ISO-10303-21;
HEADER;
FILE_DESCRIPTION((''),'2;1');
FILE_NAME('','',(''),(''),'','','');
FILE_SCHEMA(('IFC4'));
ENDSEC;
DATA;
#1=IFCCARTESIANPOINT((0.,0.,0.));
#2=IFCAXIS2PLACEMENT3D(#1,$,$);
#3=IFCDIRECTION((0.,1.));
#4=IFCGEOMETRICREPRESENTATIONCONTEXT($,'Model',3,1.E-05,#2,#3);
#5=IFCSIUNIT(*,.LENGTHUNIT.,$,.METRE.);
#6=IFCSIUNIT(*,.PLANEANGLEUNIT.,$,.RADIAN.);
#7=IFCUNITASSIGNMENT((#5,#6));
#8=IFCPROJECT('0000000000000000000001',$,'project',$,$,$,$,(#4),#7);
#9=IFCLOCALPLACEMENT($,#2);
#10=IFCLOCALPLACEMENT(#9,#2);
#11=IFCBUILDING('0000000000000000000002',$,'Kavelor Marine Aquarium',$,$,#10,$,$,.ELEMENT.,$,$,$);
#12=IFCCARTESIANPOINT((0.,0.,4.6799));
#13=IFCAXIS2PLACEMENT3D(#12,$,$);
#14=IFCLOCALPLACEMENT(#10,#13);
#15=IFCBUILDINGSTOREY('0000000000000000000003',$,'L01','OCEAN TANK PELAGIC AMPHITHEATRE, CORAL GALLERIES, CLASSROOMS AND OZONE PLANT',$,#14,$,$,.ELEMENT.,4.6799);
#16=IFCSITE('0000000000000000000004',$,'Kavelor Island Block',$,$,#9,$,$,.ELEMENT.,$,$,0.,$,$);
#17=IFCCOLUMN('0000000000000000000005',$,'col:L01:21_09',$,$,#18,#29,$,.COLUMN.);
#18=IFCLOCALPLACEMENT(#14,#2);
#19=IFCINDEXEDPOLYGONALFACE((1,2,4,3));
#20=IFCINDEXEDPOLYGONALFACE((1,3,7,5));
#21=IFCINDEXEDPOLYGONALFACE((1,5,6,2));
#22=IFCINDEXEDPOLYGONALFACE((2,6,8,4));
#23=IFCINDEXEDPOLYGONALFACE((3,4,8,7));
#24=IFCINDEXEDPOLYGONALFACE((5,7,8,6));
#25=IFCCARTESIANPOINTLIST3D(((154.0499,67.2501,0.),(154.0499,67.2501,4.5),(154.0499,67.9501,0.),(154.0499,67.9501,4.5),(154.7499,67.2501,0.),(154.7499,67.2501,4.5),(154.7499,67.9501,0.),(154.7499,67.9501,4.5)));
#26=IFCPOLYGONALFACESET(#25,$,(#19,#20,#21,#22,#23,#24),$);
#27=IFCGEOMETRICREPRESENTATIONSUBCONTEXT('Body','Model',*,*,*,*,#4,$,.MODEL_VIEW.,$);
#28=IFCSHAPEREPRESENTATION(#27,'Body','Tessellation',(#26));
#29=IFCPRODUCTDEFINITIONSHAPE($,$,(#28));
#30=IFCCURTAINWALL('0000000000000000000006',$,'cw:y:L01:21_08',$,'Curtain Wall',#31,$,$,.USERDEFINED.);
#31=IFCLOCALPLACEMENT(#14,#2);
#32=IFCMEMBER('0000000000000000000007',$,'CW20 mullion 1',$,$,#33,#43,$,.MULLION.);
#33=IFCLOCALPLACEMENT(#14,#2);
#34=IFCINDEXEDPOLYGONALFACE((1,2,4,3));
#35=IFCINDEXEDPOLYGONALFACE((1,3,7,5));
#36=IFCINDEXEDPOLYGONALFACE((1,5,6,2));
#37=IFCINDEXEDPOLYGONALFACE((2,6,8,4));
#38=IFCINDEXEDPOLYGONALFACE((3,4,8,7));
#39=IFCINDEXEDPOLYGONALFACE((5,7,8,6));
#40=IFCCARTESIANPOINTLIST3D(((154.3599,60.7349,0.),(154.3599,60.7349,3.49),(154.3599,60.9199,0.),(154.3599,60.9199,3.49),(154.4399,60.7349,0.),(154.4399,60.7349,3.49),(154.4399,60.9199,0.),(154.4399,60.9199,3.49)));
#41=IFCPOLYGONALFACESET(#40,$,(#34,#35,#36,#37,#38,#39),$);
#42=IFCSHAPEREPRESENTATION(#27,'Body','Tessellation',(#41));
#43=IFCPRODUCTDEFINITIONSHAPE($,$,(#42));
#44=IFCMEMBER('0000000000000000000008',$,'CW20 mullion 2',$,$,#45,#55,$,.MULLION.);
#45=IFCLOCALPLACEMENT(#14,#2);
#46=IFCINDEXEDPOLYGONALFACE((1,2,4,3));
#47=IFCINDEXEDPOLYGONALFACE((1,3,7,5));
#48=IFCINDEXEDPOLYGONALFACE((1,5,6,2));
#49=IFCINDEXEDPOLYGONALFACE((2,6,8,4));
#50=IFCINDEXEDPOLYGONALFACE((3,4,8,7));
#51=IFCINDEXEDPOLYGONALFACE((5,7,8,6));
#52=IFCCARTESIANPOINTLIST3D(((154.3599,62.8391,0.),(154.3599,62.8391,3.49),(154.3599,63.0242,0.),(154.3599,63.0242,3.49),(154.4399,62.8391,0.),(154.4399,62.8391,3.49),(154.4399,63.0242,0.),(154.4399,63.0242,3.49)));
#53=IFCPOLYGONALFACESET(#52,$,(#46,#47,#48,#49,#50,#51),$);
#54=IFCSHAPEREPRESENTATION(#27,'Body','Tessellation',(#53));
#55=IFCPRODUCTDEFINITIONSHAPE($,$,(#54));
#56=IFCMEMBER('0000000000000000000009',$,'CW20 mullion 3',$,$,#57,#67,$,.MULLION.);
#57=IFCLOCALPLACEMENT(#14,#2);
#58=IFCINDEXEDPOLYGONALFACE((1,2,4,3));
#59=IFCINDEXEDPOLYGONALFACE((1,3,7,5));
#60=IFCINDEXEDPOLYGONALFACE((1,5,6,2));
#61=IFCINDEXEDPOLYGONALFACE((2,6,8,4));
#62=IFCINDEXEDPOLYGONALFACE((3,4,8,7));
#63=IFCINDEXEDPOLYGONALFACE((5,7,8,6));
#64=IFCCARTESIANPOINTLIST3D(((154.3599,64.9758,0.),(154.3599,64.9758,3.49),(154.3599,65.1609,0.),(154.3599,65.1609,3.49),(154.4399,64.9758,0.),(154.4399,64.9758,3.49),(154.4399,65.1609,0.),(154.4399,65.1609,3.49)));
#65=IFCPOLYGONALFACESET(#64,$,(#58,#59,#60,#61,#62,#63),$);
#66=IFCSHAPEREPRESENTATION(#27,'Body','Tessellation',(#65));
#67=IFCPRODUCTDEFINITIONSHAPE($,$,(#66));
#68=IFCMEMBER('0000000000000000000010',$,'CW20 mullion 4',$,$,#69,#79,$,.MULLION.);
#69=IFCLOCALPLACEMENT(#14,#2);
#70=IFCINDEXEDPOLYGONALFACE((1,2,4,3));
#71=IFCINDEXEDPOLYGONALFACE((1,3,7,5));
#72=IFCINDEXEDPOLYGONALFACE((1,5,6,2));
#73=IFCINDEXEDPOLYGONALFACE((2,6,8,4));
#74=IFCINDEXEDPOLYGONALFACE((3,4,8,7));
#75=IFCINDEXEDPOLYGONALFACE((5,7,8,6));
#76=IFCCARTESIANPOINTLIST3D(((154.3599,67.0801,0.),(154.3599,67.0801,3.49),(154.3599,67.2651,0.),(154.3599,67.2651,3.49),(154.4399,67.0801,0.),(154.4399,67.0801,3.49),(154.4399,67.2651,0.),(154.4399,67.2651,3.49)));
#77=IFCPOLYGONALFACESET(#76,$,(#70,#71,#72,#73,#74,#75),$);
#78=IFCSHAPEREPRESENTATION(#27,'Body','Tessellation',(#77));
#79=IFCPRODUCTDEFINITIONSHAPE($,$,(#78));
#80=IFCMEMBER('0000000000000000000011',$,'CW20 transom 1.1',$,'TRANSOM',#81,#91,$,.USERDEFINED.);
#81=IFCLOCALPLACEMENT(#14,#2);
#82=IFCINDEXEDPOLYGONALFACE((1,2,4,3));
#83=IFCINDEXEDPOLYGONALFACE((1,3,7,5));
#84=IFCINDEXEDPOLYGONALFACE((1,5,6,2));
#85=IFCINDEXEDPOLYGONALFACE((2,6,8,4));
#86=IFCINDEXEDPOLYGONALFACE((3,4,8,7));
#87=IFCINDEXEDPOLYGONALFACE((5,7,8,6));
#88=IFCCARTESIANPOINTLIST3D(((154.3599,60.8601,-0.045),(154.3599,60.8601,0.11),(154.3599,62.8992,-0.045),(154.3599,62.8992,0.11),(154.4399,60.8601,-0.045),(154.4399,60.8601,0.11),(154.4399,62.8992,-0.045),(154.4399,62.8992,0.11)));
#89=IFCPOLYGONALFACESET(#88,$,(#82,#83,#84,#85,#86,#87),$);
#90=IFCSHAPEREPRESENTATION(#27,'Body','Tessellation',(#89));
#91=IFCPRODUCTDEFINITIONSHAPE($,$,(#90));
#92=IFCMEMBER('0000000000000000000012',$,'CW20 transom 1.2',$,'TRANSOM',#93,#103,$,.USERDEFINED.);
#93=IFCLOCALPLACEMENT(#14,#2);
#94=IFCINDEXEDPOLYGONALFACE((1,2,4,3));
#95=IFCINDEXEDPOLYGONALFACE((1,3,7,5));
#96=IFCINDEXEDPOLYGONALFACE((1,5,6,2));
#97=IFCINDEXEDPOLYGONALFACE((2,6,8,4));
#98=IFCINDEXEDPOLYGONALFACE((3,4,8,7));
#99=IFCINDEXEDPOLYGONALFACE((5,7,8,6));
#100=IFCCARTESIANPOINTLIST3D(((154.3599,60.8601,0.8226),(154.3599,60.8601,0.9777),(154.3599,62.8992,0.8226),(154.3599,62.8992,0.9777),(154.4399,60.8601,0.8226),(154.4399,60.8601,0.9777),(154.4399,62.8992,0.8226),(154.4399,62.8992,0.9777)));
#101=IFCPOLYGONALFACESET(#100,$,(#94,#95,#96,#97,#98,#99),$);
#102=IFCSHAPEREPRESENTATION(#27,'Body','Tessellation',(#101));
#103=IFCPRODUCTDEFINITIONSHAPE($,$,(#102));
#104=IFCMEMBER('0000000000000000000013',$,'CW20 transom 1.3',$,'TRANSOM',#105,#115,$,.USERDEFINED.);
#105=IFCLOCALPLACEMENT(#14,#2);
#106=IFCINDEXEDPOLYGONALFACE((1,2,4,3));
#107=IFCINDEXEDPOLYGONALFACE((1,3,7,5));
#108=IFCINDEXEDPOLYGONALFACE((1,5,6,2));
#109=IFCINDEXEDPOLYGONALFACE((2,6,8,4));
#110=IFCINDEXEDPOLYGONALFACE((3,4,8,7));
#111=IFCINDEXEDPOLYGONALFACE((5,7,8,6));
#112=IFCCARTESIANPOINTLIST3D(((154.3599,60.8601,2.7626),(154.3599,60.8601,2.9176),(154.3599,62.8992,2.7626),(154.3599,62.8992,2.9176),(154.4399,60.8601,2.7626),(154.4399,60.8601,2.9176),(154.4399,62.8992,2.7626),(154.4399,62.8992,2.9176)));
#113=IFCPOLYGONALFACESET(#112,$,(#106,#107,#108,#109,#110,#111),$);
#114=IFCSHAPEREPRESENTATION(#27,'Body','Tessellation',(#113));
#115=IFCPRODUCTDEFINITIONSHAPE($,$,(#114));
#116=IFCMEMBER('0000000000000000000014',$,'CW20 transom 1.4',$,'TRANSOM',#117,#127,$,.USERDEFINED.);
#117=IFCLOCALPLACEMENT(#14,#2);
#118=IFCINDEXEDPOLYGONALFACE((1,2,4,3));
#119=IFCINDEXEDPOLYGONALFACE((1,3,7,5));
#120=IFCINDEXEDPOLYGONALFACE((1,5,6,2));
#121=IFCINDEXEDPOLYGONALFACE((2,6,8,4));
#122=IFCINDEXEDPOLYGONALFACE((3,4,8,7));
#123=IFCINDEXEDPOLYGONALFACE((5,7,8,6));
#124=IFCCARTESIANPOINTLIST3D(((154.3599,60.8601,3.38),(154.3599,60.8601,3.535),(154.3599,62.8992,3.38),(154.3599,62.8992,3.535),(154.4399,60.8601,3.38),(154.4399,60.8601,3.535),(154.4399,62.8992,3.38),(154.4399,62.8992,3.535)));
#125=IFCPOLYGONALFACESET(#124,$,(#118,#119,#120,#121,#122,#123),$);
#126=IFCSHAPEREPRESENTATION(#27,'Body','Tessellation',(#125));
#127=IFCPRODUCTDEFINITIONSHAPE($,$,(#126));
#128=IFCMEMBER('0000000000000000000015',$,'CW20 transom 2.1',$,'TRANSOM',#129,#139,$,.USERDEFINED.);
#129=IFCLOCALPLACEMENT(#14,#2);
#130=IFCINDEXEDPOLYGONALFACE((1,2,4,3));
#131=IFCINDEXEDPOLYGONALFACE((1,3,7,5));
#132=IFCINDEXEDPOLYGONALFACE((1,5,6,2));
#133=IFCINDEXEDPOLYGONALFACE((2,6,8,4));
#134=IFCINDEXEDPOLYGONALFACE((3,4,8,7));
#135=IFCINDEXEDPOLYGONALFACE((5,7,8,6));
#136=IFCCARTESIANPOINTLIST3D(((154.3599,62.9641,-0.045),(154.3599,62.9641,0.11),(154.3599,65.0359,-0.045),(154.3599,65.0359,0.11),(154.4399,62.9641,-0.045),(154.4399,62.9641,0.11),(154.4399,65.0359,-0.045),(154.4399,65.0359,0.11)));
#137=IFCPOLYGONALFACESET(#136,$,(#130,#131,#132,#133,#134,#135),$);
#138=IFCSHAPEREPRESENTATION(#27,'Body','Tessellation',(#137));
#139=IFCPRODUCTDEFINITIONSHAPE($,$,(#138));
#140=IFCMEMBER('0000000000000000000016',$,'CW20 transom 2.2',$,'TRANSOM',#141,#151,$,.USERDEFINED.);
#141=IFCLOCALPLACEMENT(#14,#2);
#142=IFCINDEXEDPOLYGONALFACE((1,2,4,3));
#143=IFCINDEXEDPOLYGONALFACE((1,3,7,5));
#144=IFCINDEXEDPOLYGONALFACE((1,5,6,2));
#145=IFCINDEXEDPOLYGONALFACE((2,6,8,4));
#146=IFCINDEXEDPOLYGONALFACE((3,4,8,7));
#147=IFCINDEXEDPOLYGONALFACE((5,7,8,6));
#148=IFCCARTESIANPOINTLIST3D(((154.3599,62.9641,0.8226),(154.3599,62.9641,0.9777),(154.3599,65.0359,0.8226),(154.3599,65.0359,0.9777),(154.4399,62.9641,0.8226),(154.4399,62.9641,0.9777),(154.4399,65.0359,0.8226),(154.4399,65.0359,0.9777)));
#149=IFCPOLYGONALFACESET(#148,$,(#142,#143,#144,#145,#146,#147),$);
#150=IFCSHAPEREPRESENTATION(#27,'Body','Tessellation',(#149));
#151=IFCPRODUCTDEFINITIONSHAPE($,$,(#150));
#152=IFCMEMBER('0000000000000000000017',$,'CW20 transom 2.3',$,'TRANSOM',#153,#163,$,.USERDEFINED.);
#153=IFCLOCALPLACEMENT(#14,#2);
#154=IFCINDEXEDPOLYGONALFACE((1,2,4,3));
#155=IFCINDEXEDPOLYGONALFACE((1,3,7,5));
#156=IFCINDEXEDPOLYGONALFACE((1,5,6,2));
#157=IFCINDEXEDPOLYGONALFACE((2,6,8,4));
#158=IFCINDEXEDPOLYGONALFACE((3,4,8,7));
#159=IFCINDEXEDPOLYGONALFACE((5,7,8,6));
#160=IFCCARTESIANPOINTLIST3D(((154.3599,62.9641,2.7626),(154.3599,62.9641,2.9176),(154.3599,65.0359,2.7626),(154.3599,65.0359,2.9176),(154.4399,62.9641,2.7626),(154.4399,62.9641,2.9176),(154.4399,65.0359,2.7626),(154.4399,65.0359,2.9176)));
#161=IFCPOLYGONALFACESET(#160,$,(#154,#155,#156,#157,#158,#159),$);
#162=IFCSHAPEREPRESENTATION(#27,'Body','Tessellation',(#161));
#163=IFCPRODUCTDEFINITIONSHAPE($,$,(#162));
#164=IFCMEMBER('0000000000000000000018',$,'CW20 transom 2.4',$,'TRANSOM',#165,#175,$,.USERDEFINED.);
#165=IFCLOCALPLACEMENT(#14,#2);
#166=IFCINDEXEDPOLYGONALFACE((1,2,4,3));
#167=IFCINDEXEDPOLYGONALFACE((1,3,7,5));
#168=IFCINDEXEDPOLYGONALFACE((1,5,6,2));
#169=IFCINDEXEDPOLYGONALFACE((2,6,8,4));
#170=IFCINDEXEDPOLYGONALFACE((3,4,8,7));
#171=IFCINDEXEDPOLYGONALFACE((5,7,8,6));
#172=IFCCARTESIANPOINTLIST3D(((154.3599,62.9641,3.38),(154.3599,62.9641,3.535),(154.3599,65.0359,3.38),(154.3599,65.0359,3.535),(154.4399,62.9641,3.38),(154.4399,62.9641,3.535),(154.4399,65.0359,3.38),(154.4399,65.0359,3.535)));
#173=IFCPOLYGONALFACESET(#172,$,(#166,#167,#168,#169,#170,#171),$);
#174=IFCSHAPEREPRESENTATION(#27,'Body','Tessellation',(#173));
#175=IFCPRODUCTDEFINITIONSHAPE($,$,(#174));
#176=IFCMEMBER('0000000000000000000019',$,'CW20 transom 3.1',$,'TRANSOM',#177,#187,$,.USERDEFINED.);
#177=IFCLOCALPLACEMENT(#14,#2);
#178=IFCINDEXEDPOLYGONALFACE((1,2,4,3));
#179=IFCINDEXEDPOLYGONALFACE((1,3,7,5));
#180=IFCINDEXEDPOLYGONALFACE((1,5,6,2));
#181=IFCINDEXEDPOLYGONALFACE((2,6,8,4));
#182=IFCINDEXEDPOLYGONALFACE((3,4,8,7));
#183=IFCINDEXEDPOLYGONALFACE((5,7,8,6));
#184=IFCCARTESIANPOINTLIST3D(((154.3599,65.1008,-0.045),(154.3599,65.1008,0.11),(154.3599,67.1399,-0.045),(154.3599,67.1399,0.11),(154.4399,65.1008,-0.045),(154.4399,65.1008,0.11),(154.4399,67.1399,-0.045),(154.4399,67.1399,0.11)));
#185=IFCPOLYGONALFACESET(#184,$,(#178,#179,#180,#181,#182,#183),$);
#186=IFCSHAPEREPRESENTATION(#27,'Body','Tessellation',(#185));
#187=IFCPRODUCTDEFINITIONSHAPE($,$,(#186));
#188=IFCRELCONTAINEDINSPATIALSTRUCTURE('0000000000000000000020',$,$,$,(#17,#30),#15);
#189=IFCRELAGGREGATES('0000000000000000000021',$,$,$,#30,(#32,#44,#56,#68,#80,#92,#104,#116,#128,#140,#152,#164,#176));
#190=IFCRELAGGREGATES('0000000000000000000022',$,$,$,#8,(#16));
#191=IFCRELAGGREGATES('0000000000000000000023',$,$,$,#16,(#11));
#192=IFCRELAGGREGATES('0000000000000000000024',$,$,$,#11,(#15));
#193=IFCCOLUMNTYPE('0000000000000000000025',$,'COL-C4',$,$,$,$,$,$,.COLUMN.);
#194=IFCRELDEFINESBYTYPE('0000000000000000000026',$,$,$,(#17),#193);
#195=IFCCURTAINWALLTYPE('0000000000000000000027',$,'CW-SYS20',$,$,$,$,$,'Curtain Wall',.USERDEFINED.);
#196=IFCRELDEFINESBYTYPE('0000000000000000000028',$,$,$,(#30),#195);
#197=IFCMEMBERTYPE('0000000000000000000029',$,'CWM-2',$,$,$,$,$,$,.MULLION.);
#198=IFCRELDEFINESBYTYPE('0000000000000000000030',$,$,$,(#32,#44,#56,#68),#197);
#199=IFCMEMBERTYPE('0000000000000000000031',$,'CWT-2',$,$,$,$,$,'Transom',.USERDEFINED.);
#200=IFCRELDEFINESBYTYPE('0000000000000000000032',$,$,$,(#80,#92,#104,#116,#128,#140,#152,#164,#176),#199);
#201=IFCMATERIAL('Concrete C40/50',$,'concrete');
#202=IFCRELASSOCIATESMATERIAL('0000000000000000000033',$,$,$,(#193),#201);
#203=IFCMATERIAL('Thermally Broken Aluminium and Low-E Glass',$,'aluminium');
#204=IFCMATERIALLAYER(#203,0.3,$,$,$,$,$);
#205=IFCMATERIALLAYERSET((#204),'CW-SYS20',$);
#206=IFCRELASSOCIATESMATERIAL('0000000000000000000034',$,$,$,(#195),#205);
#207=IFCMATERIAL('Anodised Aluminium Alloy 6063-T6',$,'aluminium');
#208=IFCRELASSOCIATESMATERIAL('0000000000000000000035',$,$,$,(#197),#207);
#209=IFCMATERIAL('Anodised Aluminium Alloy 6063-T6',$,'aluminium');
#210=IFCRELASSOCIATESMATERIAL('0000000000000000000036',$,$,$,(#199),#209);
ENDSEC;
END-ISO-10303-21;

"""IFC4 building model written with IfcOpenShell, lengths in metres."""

from ifc_helpers import new_model, si_unit, direction, frame, origin, origin_2d, place, context, subcontext, project, spatial, rectangle, extrude, material, layer, layer_set, material_profile, profile_set, type_object, element, aggregate, save


model = new_model("IFC4")

# Units and contexts
model_context = context("Model", 3, precision=1e-05, world=origin(), true_north=direction((0.0, 1.0)))
body_context = subcontext(model_context, "Body", "Model", "MODEL_VIEW")
ifc_project = project(units=[si_unit("LENGTHUNIT", "METRE"), si_unit("PLANEANGLEUNIT", "RADIAN")], contexts=[model_context])

# Site, building, storey
site_placement = place(None, origin())
site = spatial("IfcSite", under=ifc_project, at=site_placement, Name="Kavelor Island Block", CompositionType="ELEMENT", RefElevation=0.0)
building_placement = place(site_placement, origin())
building = spatial("IfcBuilding", under=site, at=building_placement, Name="Kavelor Marine Aquarium", CompositionType="ELEMENT")
storey_placement = place(building_placement, frame((0.0, 0.0, 4.6799)))
storey = spatial("IfcBuildingStorey", under=building, at=storey_placement, Name="L01", Description="OCEAN TANK PELAGIC AMPHITHEATRE, CORAL GALLERIES, CLASSROOMS AND OZONE PLANT", CompositionType="ELEMENT", Elevation=4.6799)

# Column
ifc_material_1 = material(Name="Concrete C40/50", Category="concrete")
ifc_material_profile_1 = material_profile(ifc_material_1, rectangle(XDim=0.7, YDim=0.7, at=origin_2d()), Name="RC-COL 700x700")
ifc_profile_set_1 = profile_set([ifc_material_profile_1], Name="Concrete C40/50")
column_type = type_object("IfcColumnType", Name="COL-C4", PredefinedType="COLUMN", material=ifc_profile_set_1)
column_placement = place(storey_placement, frame((154.3999, 67.6001, 0.0), z_axis=(0.0, 0.0, 1.0), x_axis=(1.0, 0.0, 0.0)))
element("IfcColumn", 1, at=column_placement, inside=storey, type_object=column_type, Name="col:L01:21_09", PredefinedType="COLUMN", context=body_context, shape_type="SweptSolid", body=[
    extrude(rectangle(XDim=0.7, YDim=0.7, at=origin_2d()), origin(), (0.0, 0.0, 1.0), 4.5),
])

# Curtain wall, members
ifc_material_2 = material(Name="Thermally Broken Aluminium and Low-E Glass", Category="aluminium")
ifc_layer_1 = layer(ifc_material_2, 0.3)
ifc_layer_set_1 = layer_set([ifc_layer_1], Name="CW-SYS20")
curtain_wall_type = type_object("IfcCurtainWallType", Name="CW-SYS20", ElementType="Curtain Wall", PredefinedType="USERDEFINED", material=ifc_layer_set_1)
curtain_wall_placement = place(storey_placement, origin())
curtain_wall = element("IfcCurtainWall", 2, at=curtain_wall_placement, inside=storey, type_object=curtain_wall_type, Name="cw:y:L01:21_08", ObjectType="Curtain Wall", PredefinedType="USERDEFINED")
ifc_material_3 = material(Name="Anodised Aluminium Alloy 6063-T6", Category="aluminium")
ifc_material_profile_2 = material_profile(ifc_material_3, rectangle(XDim=0.0801, YDim=0.1851, at=origin_2d()), Name="CW-MUL 80x185")
ifc_profile_set_2 = profile_set([ifc_material_profile_2], Name="Anodised Aluminium Alloy 6063-T6")
member_type_1 = type_object("IfcMemberType", Name="CWM-2", PredefinedType="MULLION", material=ifc_profile_set_2)
member_1_placement = place(storey_placement, frame((154.3999, 60.8274, 0.0), z_axis=(0.0, 0.0, 1.0), x_axis=(-1.0, 0.0, 0.0)))
member_1 = element("IfcMember", 3, at=member_1_placement, type_object=member_type_1, Name="CW20 mullion 1", PredefinedType="MULLION", context=body_context, shape_type="SweptSolid", body=[
    extrude(rectangle(XDim=0.0801, YDim=0.1851, at=origin_2d()), origin(), (0.0, 0.0, 1.0), 3.49),
])
member_2_placement = place(storey_placement, frame((154.3999, 62.9316, 0.0), z_axis=(0.0, 0.0, 1.0), x_axis=(-1.0, 0.0, 0.0)))
member_2 = element("IfcMember", 4, at=member_2_placement, type_object=member_type_1, Name="CW20 mullion 2", PredefinedType="MULLION", context=body_context, shape_type="SweptSolid", body=[
    extrude(rectangle(XDim=0.0801, YDim=0.1851, at=origin_2d()), origin(), (0.0, 0.0, 1.0), 3.49),
])
member_3_placement = place(storey_placement, frame((154.3999, 65.0684, 0.0), z_axis=(0.0, 0.0, 1.0), x_axis=(-1.0, 0.0, 0.0)))
member_3 = element("IfcMember", 5, at=member_3_placement, type_object=member_type_1, Name="CW20 mullion 3", PredefinedType="MULLION", context=body_context, shape_type="SweptSolid", body=[
    extrude(rectangle(XDim=0.0801, YDim=0.1851, at=origin_2d()), origin(), (0.0, 0.0, 1.0), 3.49),
])
member_4_placement = place(storey_placement, frame((154.3999, 67.1726, 0.0), z_axis=(0.0, 0.0, 1.0), x_axis=(-1.0, 0.0, 0.0)))
member_4 = element("IfcMember", 6, at=member_4_placement, type_object=member_type_1, Name="CW20 mullion 4", PredefinedType="MULLION", context=body_context, shape_type="SweptSolid", body=[
    extrude(rectangle(XDim=0.0801, YDim=0.1851, at=origin_2d()), origin(), (0.0, 0.0, 1.0), 3.49),
])
ifc_material_4 = material(Name="Anodised Aluminium Alloy 6063-T6", Category="aluminium")
ifc_material_profile_3 = material_profile(ifc_material_4, rectangle(XDim=0.0801, YDim=0.155, at=origin_2d()), Name="CW-TRN 80x155")
ifc_profile_set_3 = profile_set([ifc_material_profile_3], Name="Anodised Aluminium Alloy 6063-T6")
member_type_2 = type_object("IfcMemberType", Name="CWT-2", ElementType="Transom", PredefinedType="USERDEFINED", material=ifc_profile_set_3)
member_5_placement = place(storey_placement, frame((154.3999, 60.8601, 0.0325), z_axis=(0.0, 1.0, 0.0), x_axis=(-1.0, 0.0, 0.0)))
member_5 = element("IfcMember", 7, at=member_5_placement, type_object=member_type_2, Name="CW20 transom 1.1", ObjectType="TRANSOM", PredefinedType="USERDEFINED", context=body_context, shape_type="SweptSolid", body=[
    extrude(rectangle(XDim=0.0801, YDim=0.155, at=origin_2d()), origin(), (0.0, 0.0, 1.0), 2.0391),
])
member_6_placement = place(storey_placement, frame((154.3999, 60.8601, 0.9001), z_axis=(0.0, 1.0, 0.0), x_axis=(-1.0, 0.0, 0.0)))
member_6 = element("IfcMember", 8, at=member_6_placement, type_object=member_type_2, Name="CW20 transom 1.2", ObjectType="TRANSOM", PredefinedType="USERDEFINED", context=body_context, shape_type="SweptSolid", body=[
    extrude(rectangle(XDim=0.0801, YDim=0.155, at=origin_2d()), origin(), (0.0, 0.0, 1.0), 2.0391),
])
member_7_placement = place(storey_placement, frame((154.3999, 60.8601, 2.8401), z_axis=(0.0, 1.0, 0.0), x_axis=(-1.0, 0.0, 0.0)))
member_7 = element("IfcMember", 9, at=member_7_placement, type_object=member_type_2, Name="CW20 transom 1.3", ObjectType="TRANSOM", PredefinedType="USERDEFINED", context=body_context, shape_type="SweptSolid", body=[
    extrude(rectangle(XDim=0.0801, YDim=0.155, at=origin_2d()), origin(), (0.0, 0.0, 1.0), 2.0391),
])
member_8_placement = place(storey_placement, frame((154.3999, 60.8601, 3.4575), z_axis=(0.0, 1.0, 0.0), x_axis=(-1.0, 0.0, 0.0)))
member_8 = element("IfcMember", 10, at=member_8_placement, type_object=member_type_2, Name="CW20 transom 1.4", ObjectType="TRANSOM", PredefinedType="USERDEFINED", context=body_context, shape_type="SweptSolid", body=[
    extrude(rectangle(XDim=0.0801, YDim=0.155, at=origin_2d()), origin(), (0.0, 0.0, 1.0), 2.0391),
])
member_9_placement = place(storey_placement, frame((154.3999, 62.9641, 0.0325), z_axis=(0.0, 1.0, 0.0), x_axis=(-1.0, 0.0, 0.0)))
member_9 = element("IfcMember", 11, at=member_9_placement, type_object=member_type_2, Name="CW20 transom 2.1", ObjectType="TRANSOM", PredefinedType="USERDEFINED", context=body_context, shape_type="SweptSolid", body=[
    extrude(rectangle(XDim=0.0801, YDim=0.155, at=origin_2d()), origin(), (0.0, 0.0, 1.0), 2.0718),
])
member_10_placement = place(storey_placement, frame((154.3999, 62.9641, 0.9001), z_axis=(0.0, 1.0, 0.0), x_axis=(-1.0, 0.0, 0.0)))
member_10 = element("IfcMember", 12, at=member_10_placement, type_object=member_type_2, Name="CW20 transom 2.2", ObjectType="TRANSOM", PredefinedType="USERDEFINED", context=body_context, shape_type="SweptSolid", body=[
    extrude(rectangle(XDim=0.0801, YDim=0.155, at=origin_2d()), origin(), (0.0, 0.0, 1.0), 2.0718),
])
member_11_placement = place(storey_placement, frame((154.3999, 62.9641, 2.8401), z_axis=(0.0, 1.0, 0.0), x_axis=(-1.0, 0.0, 0.0)))
member_11 = element("IfcMember", 13, at=member_11_placement, type_object=member_type_2, Name="CW20 transom 2.3", ObjectType="TRANSOM", PredefinedType="USERDEFINED", context=body_context, shape_type="SweptSolid", body=[
    extrude(rectangle(XDim=0.0801, YDim=0.155, at=origin_2d()), origin(), (0.0, 0.0, 1.0), 2.0718),
])
member_12_placement = place(storey_placement, frame((154.3999, 62.9641, 3.4575), z_axis=(0.0, 1.0, 0.0), x_axis=(-1.0, 0.0, 0.0)))
member_12 = element("IfcMember", 14, at=member_12_placement, type_object=member_type_2, Name="CW20 transom 2.4", ObjectType="TRANSOM", PredefinedType="USERDEFINED", context=body_context, shape_type="SweptSolid", body=[
    extrude(rectangle(XDim=0.0801, YDim=0.155, at=origin_2d()), origin(), (0.0, 0.0, 1.0), 2.0718),
])
member_13_placement = place(storey_placement, frame((154.3999, 65.1008, 0.0325), z_axis=(0.0, 1.0, 0.0), x_axis=(-1.0, 0.0, 0.0)))
member_13 = element("IfcMember", 15, at=member_13_placement, type_object=member_type_2, Name="CW20 transom 3.1", ObjectType="TRANSOM", PredefinedType="USERDEFINED", context=body_context, shape_type="SweptSolid", body=[
    extrude(rectangle(XDim=0.0801, YDim=0.155, at=origin_2d()), origin(), (0.0, 0.0, 1.0), 2.0391),
])
aggregate(curtain_wall, [member_1, member_2, member_3, member_4, member_5, member_6, member_7, member_8, member_9, member_10, member_11, member_12, member_13])

save(model, "model.ifc")
